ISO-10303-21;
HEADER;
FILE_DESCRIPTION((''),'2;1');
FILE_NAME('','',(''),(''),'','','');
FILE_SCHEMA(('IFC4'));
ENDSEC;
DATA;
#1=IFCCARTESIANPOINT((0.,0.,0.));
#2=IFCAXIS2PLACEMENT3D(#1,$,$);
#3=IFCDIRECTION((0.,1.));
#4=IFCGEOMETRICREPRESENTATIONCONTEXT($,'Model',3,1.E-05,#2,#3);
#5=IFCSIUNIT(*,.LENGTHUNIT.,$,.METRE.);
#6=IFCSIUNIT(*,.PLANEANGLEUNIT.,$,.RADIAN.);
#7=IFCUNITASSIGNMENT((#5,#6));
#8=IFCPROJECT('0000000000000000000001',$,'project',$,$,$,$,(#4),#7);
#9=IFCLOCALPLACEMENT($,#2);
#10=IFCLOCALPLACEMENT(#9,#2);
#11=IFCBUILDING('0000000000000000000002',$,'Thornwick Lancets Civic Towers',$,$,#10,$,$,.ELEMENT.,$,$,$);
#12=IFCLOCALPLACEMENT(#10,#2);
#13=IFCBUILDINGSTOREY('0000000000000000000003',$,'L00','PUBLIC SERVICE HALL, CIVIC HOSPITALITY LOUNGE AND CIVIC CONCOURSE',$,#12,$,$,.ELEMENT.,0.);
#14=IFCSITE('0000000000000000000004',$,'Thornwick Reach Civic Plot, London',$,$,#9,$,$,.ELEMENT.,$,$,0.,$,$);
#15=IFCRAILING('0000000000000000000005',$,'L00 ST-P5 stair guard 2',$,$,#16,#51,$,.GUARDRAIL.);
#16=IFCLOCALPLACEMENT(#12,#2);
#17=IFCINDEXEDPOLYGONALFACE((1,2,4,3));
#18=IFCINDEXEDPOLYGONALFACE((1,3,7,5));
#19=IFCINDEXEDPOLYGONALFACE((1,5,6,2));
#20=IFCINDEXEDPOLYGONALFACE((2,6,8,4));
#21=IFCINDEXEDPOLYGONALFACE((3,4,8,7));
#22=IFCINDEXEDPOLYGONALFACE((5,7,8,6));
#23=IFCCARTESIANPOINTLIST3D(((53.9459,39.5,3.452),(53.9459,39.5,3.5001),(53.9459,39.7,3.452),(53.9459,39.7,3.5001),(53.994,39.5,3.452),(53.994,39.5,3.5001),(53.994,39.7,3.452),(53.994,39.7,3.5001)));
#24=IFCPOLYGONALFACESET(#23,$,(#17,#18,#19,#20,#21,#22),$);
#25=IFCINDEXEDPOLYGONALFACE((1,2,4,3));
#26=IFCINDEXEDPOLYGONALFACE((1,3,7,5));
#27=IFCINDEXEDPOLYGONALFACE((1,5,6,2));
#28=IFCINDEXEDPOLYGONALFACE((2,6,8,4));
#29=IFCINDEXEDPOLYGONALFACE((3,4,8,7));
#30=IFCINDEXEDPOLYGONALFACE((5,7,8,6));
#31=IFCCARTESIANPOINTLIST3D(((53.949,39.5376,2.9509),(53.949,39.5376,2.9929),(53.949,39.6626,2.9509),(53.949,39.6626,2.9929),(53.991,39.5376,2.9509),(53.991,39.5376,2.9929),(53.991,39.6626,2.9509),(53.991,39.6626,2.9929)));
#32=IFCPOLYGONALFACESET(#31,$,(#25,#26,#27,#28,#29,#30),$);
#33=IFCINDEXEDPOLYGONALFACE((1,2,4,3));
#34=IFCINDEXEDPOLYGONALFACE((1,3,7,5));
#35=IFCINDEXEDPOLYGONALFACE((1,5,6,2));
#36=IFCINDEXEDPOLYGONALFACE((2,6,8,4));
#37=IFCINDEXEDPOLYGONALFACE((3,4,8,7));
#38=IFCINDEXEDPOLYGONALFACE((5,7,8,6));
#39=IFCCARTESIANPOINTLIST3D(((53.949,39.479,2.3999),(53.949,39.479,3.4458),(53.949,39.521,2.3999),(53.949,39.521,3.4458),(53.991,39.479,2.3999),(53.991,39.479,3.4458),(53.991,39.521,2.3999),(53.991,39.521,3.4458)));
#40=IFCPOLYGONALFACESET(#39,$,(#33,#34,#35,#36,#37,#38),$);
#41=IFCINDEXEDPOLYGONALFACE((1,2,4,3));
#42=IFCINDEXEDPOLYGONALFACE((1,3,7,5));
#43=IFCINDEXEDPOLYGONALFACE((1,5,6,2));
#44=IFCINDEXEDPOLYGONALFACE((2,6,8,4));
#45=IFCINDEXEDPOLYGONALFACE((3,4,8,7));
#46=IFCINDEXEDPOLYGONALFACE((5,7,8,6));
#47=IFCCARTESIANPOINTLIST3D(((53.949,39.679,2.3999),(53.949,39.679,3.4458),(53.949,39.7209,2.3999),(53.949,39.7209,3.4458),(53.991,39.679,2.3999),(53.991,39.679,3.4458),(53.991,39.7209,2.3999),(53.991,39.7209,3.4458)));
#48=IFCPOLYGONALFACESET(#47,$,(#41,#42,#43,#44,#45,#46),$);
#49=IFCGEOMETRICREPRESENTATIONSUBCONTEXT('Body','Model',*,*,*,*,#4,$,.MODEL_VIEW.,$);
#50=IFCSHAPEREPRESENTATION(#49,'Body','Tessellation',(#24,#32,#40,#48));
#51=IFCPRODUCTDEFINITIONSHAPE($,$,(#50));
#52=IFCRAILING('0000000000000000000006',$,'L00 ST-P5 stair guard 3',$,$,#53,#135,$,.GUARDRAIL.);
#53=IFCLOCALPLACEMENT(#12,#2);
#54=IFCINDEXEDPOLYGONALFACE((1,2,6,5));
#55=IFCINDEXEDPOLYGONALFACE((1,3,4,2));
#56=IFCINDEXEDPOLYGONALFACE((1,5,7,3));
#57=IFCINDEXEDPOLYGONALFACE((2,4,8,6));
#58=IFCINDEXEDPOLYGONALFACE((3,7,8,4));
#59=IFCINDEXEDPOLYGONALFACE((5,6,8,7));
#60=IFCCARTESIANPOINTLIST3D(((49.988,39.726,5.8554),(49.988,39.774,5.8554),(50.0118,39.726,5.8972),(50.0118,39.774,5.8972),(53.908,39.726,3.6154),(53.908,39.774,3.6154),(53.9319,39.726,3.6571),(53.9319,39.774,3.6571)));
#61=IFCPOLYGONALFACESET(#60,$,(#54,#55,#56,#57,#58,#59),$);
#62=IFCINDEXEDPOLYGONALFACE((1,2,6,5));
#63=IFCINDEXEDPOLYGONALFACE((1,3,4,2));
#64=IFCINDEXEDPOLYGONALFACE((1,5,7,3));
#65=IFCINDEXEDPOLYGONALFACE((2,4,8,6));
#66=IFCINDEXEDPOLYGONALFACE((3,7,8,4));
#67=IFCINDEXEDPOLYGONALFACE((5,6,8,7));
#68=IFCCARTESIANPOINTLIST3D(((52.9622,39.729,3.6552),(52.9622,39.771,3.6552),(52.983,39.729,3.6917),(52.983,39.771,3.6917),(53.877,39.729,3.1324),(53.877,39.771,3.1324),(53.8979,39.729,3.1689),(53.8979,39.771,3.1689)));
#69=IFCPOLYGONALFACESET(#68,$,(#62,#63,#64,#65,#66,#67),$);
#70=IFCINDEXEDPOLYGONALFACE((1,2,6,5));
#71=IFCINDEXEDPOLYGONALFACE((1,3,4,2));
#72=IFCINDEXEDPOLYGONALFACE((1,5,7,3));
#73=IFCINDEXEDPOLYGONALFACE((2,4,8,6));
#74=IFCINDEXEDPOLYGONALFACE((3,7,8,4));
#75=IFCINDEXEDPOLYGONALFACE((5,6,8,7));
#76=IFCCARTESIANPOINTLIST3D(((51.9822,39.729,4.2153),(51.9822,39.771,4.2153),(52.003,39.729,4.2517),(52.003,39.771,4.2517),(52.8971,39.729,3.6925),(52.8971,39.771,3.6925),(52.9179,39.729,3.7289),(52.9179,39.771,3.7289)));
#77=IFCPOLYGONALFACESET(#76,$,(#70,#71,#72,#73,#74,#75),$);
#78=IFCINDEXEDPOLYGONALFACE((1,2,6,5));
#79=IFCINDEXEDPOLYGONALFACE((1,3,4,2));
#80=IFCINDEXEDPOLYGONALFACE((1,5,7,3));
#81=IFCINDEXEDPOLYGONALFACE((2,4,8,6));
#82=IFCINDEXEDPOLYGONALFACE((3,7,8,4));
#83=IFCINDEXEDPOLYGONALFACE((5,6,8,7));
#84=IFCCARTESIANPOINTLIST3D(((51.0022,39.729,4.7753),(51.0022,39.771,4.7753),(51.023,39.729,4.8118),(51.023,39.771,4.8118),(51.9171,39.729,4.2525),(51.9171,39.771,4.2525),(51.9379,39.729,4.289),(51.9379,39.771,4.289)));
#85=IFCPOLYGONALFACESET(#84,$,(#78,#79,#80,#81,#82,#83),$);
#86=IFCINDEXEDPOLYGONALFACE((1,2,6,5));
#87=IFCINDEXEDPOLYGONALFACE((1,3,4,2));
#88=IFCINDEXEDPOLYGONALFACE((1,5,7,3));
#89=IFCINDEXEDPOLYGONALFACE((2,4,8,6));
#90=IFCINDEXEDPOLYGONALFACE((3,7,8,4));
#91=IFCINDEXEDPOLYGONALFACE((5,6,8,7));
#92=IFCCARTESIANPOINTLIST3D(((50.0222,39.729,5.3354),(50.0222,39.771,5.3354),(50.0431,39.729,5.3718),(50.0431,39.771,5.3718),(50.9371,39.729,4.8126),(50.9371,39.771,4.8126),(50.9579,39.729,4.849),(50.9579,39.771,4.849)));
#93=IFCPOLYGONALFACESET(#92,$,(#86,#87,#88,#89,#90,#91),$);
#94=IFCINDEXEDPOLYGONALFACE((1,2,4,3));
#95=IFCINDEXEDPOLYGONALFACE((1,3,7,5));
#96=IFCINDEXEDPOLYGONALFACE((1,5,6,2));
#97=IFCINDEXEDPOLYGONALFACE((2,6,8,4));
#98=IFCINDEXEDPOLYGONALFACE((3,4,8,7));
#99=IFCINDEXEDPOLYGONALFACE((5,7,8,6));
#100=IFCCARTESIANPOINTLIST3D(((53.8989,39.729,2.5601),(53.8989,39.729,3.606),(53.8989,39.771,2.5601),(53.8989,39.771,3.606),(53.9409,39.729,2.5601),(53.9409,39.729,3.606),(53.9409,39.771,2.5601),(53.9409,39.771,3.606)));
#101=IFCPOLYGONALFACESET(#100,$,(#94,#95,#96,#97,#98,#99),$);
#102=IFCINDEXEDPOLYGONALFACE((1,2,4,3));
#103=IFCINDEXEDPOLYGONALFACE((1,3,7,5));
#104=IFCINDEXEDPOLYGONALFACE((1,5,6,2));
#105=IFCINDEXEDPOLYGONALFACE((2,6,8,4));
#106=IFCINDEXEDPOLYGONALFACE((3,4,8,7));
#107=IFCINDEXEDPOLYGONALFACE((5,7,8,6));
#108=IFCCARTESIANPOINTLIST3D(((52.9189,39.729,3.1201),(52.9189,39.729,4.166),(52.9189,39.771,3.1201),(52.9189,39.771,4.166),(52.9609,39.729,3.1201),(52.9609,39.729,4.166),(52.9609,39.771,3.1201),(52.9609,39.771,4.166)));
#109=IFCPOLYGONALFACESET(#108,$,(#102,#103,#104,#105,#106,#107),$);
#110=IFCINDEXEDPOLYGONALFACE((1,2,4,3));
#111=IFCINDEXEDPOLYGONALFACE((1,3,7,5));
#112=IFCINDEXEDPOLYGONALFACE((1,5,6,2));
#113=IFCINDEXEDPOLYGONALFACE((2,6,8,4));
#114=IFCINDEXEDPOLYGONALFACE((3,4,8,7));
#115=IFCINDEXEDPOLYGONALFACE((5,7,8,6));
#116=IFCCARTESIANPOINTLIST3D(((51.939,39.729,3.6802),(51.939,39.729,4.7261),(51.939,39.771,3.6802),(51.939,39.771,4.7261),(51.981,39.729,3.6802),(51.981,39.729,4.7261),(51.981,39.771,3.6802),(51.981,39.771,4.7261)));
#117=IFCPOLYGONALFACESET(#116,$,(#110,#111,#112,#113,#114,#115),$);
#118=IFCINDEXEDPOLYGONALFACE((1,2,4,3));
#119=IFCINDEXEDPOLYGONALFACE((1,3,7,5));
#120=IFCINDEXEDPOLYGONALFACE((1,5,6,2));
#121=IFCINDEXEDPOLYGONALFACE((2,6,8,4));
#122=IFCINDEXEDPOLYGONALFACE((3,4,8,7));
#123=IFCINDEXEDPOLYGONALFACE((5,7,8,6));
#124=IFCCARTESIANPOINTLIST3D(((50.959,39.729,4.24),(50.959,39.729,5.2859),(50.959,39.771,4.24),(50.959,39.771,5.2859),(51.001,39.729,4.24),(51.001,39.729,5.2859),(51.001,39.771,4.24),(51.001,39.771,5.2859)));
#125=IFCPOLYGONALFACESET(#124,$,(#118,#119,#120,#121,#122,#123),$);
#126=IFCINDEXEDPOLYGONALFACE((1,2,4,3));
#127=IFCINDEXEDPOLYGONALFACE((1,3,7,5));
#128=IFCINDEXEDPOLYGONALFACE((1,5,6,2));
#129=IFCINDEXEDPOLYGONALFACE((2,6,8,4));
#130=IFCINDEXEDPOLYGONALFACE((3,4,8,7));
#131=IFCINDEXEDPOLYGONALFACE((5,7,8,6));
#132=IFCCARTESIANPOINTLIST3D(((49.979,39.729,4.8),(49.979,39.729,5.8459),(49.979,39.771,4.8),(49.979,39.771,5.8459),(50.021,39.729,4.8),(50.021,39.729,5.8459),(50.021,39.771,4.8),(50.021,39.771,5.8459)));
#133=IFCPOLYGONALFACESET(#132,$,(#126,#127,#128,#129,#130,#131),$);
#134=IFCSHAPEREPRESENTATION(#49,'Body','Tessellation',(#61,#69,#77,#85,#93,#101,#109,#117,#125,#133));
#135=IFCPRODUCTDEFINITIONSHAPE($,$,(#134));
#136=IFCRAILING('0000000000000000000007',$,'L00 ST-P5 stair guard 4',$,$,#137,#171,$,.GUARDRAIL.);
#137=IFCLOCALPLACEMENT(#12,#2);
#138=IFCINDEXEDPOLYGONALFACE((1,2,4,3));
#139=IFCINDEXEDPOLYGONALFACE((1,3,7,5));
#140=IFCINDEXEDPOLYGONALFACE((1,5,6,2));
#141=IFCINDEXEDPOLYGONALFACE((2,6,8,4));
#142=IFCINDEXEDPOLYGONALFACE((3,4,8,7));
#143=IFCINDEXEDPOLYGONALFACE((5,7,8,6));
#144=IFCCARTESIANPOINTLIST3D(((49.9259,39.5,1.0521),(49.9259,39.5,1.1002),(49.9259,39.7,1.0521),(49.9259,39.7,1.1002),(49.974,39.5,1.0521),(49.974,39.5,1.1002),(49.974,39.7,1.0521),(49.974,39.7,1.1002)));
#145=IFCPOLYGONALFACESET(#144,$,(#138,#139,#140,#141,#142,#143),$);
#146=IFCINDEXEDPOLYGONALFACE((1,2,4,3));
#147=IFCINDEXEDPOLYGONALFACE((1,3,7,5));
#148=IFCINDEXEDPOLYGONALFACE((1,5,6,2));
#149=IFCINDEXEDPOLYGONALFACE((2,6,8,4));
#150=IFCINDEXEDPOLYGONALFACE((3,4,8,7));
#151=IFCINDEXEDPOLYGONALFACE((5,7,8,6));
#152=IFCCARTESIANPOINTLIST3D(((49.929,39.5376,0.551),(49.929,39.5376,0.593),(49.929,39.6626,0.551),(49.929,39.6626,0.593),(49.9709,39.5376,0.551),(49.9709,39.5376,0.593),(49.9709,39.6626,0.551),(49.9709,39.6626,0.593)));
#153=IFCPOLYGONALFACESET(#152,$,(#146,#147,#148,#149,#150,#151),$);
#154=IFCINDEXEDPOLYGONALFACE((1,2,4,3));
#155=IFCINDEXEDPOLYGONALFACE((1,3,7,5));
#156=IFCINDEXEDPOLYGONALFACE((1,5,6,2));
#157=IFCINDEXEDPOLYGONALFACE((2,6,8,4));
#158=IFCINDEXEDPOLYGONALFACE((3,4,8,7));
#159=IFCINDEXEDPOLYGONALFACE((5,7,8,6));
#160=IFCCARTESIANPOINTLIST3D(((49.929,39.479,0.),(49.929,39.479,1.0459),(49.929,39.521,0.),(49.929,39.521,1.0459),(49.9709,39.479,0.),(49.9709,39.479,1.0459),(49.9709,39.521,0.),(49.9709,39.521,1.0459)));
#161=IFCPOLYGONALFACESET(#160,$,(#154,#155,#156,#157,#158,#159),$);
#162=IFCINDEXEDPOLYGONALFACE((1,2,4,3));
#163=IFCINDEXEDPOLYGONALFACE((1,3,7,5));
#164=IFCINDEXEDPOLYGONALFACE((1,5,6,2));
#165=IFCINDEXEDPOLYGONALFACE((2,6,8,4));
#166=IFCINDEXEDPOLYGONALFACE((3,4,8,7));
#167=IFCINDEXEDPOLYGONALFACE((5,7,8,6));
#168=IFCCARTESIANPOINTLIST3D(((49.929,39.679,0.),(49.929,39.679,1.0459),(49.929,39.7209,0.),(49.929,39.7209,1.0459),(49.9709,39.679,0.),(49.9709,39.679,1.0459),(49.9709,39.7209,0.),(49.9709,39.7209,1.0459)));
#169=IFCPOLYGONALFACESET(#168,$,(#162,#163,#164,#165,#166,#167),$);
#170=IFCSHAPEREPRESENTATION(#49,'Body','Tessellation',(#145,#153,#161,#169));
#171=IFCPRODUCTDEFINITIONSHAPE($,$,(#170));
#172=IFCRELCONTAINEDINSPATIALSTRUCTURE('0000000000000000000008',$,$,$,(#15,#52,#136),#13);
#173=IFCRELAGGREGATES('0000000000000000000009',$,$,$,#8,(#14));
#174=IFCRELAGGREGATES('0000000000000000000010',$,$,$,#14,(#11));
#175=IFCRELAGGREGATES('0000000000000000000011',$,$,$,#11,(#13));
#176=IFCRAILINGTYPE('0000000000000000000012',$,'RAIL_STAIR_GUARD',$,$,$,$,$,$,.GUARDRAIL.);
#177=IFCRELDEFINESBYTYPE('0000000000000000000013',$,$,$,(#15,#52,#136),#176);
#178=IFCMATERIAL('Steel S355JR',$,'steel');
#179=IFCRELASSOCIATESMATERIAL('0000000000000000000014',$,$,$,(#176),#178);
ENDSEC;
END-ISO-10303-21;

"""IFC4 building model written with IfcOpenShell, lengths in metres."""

from ifc_helpers import new_model, si_unit, direction, frame, origin, origin_2d, place, context, subcontext, project, spatial, rectangle, extrude, material, type_object, element, save


model = new_model("IFC4")

# Units and contexts
model_context = context("Model", 3, precision=1e-05, world=origin(), true_north=direction((0.0, 1.0)))
body_context = subcontext(model_context, "Body", "Model", "MODEL_VIEW")
ifc_project = project(units=[si_unit("LENGTHUNIT", "METRE"), si_unit("PLANEANGLEUNIT", "RADIAN")], contexts=[model_context])

# Site, building, storey
site_placement = place(None, origin())
site = spatial("IfcSite", under=ifc_project, at=site_placement, Name="Thornwick Reach Civic Plot, London", CompositionType="ELEMENT", RefElevation=0.0)
building_placement = place(site_placement, origin())
building = spatial("IfcBuilding", under=site, at=building_placement, Name="Thornwick Lancets Civic Towers", CompositionType="ELEMENT")
storey_placement = place(building_placement, origin())
storey = spatial("IfcBuildingStorey", under=building, at=storey_placement, Name="L00", Description="PUBLIC SERVICE HALL, CIVIC HOSPITALITY LOUNGE AND CIVIC CONCOURSE", CompositionType="ELEMENT", Elevation=0.0)

# Shared definitions
ifc_material_1 = material(Name="Steel S355JR", Category="steel")

# Railings
railing_type_1 = type_object("IfcRailingType", Name="RAIL_STAIR_GUARD", PredefinedType="GUARDRAIL", material=ifc_material_1)
railing_1_placement = place(storey_placement, frame((53.97, 39.5, 2.3999)))
element("IfcRailing", 1, at=railing_1_placement, inside=storey, type_object=railing_type_1, Name="L00 ST-P5 stair guard 2", PredefinedType="GUARDRAIL", context=body_context, shape_type="SweptSolid", body=[
    extrude(rectangle(XDim=0.0481, YDim=0.0481, at=origin_2d()), frame((0.0, 0.0, 1.0762), z_axis=(0.0, 1.0, 0.0), x_axis=(-1.0, 0.0, 0.0)), (0.0, 0.0, 1.0), 0.2),
    extrude(rectangle(XDim=0.042, YDim=0.042, at=origin_2d()), frame((0.0, 0.0376, 0.572), z_axis=(0.0, 1.0, 0.0), x_axis=(-1.0, 0.0, 0.0)), (0.0, 0.0, 1.0), 0.125),
    extrude(rectangle(XDim=0.042, YDim=0.042, at=origin_2d()), origin(), (0.0, 0.0, 1.0), 1.0459),
    extrude(rectangle(XDim=0.042, YDim=0.042, at=origin_2d()), frame((0.0, 0.2, 0.0)), (0.0, 0.0, 1.0), 1.0459),
])
railing_2_placement = place(storey_placement, frame((53.9199, 39.75, 2.5601)))
element("IfcRailing", 2, at=railing_2_placement, inside=storey, type_object=railing_type_1, Name="L00 ST-P5 stair guard 3", PredefinedType="GUARDRAIL", context=body_context, shape_type="SweptSolid", body=[
    extrude(rectangle(XDim=0.0481, YDim=0.0481, at=origin_2d()), frame((0.0, 0.0, 1.0762), z_axis=(-0.86824, 0.0, 0.496145), x_axis=(0.0, -1.0, 0.0)), (0.0, 0.0, 1.0), 4.5149),
    extrude(rectangle(XDim=0.042, YDim=0.042, at=origin_2d()), frame((-0.0325, 0.0, 0.5906), z_axis=(-0.86824, 0.0, 0.496145), x_axis=(0.0, -1.0, 0.0)), (0.0, 0.0, 1.0), 1.0537),
    extrude(rectangle(XDim=0.042, YDim=0.042, at=origin_2d()), frame((-1.0125, 0.0, 1.1506), z_axis=(-0.86824, 0.0, 0.496145), x_axis=(0.0, -1.0, 0.0)), (0.0, 0.0, 1.0), 1.0537),
    extrude(rectangle(XDim=0.042, YDim=0.042, at=origin_2d()), frame((-1.9924, 0.0, 1.7107), z_axis=(-0.86824, 0.0, 0.496145), x_axis=(0.0, -1.0, 0.0)), (0.0, 0.0, 1.0), 1.0537),
    extrude(rectangle(XDim=0.042, YDim=0.042, at=origin_2d()), frame((-2.9724, 0.0, 2.2708), z_axis=(-0.86824, 0.0, 0.496145), x_axis=(0.0, -1.0, 0.0)), (0.0, 0.0, 1.0), 1.0537),
    extrude(rectangle(XDim=0.042, YDim=0.042, at=origin_2d()), origin(), (0.0, 0.0, 1.0), 1.0459),
    extrude(rectangle(XDim=0.042, YDim=0.042, at=origin_2d()), frame((-0.98, 0.0, 0.5601)), (0.0, 0.0, 1.0), 1.0459),
    extrude(rectangle(XDim=0.042, YDim=0.042, at=origin_2d()), frame((-1.96, 0.0, 1.1201)), (0.0, 0.0, 1.0), 1.0459),
    extrude(rectangle(XDim=0.042, YDim=0.042, at=origin_2d()), frame((-2.9399, 0.0, 1.6799)), (0.0, 0.0, 1.0), 1.0459),
    extrude(rectangle(XDim=0.042, YDim=0.042, at=origin_2d()), frame((-3.9199, 0.0, 2.24)), (0.0, 0.0, 1.0), 1.0459),
])
railing_3_placement = place(storey_placement, frame((49.95, 39.5, 0.0)))
element("IfcRailing", 3, at=railing_3_placement, inside=storey, type_object=railing_type_1, Name="L00 ST-P5 stair guard 4", PredefinedType="GUARDRAIL", context=body_context, shape_type="SweptSolid", body=[
    extrude(rectangle(XDim=0.0481, YDim=0.0481, at=origin_2d()), frame((0.0, 0.0, 1.0762), z_axis=(0.0, 1.0, 0.0), x_axis=(-1.0, 0.0, 0.0)), (0.0, 0.0, 1.0), 0.2),
    extrude(rectangle(XDim=0.042, YDim=0.042, at=origin_2d()), frame((0.0, 0.0376, 0.572), z_axis=(0.0, 1.0, 0.0), x_axis=(-1.0, 0.0, 0.0)), (0.0, 0.0, 1.0), 0.125),
    extrude(rectangle(XDim=0.042, YDim=0.042, at=origin_2d()), origin(), (0.0, 0.0, 1.0), 1.0459),
    extrude(rectangle(XDim=0.042, YDim=0.042, at=origin_2d()), frame((0.0, 0.2, 0.0)), (0.0, 0.0, 1.0), 1.0459),
])

save(model, "model.ifc")
